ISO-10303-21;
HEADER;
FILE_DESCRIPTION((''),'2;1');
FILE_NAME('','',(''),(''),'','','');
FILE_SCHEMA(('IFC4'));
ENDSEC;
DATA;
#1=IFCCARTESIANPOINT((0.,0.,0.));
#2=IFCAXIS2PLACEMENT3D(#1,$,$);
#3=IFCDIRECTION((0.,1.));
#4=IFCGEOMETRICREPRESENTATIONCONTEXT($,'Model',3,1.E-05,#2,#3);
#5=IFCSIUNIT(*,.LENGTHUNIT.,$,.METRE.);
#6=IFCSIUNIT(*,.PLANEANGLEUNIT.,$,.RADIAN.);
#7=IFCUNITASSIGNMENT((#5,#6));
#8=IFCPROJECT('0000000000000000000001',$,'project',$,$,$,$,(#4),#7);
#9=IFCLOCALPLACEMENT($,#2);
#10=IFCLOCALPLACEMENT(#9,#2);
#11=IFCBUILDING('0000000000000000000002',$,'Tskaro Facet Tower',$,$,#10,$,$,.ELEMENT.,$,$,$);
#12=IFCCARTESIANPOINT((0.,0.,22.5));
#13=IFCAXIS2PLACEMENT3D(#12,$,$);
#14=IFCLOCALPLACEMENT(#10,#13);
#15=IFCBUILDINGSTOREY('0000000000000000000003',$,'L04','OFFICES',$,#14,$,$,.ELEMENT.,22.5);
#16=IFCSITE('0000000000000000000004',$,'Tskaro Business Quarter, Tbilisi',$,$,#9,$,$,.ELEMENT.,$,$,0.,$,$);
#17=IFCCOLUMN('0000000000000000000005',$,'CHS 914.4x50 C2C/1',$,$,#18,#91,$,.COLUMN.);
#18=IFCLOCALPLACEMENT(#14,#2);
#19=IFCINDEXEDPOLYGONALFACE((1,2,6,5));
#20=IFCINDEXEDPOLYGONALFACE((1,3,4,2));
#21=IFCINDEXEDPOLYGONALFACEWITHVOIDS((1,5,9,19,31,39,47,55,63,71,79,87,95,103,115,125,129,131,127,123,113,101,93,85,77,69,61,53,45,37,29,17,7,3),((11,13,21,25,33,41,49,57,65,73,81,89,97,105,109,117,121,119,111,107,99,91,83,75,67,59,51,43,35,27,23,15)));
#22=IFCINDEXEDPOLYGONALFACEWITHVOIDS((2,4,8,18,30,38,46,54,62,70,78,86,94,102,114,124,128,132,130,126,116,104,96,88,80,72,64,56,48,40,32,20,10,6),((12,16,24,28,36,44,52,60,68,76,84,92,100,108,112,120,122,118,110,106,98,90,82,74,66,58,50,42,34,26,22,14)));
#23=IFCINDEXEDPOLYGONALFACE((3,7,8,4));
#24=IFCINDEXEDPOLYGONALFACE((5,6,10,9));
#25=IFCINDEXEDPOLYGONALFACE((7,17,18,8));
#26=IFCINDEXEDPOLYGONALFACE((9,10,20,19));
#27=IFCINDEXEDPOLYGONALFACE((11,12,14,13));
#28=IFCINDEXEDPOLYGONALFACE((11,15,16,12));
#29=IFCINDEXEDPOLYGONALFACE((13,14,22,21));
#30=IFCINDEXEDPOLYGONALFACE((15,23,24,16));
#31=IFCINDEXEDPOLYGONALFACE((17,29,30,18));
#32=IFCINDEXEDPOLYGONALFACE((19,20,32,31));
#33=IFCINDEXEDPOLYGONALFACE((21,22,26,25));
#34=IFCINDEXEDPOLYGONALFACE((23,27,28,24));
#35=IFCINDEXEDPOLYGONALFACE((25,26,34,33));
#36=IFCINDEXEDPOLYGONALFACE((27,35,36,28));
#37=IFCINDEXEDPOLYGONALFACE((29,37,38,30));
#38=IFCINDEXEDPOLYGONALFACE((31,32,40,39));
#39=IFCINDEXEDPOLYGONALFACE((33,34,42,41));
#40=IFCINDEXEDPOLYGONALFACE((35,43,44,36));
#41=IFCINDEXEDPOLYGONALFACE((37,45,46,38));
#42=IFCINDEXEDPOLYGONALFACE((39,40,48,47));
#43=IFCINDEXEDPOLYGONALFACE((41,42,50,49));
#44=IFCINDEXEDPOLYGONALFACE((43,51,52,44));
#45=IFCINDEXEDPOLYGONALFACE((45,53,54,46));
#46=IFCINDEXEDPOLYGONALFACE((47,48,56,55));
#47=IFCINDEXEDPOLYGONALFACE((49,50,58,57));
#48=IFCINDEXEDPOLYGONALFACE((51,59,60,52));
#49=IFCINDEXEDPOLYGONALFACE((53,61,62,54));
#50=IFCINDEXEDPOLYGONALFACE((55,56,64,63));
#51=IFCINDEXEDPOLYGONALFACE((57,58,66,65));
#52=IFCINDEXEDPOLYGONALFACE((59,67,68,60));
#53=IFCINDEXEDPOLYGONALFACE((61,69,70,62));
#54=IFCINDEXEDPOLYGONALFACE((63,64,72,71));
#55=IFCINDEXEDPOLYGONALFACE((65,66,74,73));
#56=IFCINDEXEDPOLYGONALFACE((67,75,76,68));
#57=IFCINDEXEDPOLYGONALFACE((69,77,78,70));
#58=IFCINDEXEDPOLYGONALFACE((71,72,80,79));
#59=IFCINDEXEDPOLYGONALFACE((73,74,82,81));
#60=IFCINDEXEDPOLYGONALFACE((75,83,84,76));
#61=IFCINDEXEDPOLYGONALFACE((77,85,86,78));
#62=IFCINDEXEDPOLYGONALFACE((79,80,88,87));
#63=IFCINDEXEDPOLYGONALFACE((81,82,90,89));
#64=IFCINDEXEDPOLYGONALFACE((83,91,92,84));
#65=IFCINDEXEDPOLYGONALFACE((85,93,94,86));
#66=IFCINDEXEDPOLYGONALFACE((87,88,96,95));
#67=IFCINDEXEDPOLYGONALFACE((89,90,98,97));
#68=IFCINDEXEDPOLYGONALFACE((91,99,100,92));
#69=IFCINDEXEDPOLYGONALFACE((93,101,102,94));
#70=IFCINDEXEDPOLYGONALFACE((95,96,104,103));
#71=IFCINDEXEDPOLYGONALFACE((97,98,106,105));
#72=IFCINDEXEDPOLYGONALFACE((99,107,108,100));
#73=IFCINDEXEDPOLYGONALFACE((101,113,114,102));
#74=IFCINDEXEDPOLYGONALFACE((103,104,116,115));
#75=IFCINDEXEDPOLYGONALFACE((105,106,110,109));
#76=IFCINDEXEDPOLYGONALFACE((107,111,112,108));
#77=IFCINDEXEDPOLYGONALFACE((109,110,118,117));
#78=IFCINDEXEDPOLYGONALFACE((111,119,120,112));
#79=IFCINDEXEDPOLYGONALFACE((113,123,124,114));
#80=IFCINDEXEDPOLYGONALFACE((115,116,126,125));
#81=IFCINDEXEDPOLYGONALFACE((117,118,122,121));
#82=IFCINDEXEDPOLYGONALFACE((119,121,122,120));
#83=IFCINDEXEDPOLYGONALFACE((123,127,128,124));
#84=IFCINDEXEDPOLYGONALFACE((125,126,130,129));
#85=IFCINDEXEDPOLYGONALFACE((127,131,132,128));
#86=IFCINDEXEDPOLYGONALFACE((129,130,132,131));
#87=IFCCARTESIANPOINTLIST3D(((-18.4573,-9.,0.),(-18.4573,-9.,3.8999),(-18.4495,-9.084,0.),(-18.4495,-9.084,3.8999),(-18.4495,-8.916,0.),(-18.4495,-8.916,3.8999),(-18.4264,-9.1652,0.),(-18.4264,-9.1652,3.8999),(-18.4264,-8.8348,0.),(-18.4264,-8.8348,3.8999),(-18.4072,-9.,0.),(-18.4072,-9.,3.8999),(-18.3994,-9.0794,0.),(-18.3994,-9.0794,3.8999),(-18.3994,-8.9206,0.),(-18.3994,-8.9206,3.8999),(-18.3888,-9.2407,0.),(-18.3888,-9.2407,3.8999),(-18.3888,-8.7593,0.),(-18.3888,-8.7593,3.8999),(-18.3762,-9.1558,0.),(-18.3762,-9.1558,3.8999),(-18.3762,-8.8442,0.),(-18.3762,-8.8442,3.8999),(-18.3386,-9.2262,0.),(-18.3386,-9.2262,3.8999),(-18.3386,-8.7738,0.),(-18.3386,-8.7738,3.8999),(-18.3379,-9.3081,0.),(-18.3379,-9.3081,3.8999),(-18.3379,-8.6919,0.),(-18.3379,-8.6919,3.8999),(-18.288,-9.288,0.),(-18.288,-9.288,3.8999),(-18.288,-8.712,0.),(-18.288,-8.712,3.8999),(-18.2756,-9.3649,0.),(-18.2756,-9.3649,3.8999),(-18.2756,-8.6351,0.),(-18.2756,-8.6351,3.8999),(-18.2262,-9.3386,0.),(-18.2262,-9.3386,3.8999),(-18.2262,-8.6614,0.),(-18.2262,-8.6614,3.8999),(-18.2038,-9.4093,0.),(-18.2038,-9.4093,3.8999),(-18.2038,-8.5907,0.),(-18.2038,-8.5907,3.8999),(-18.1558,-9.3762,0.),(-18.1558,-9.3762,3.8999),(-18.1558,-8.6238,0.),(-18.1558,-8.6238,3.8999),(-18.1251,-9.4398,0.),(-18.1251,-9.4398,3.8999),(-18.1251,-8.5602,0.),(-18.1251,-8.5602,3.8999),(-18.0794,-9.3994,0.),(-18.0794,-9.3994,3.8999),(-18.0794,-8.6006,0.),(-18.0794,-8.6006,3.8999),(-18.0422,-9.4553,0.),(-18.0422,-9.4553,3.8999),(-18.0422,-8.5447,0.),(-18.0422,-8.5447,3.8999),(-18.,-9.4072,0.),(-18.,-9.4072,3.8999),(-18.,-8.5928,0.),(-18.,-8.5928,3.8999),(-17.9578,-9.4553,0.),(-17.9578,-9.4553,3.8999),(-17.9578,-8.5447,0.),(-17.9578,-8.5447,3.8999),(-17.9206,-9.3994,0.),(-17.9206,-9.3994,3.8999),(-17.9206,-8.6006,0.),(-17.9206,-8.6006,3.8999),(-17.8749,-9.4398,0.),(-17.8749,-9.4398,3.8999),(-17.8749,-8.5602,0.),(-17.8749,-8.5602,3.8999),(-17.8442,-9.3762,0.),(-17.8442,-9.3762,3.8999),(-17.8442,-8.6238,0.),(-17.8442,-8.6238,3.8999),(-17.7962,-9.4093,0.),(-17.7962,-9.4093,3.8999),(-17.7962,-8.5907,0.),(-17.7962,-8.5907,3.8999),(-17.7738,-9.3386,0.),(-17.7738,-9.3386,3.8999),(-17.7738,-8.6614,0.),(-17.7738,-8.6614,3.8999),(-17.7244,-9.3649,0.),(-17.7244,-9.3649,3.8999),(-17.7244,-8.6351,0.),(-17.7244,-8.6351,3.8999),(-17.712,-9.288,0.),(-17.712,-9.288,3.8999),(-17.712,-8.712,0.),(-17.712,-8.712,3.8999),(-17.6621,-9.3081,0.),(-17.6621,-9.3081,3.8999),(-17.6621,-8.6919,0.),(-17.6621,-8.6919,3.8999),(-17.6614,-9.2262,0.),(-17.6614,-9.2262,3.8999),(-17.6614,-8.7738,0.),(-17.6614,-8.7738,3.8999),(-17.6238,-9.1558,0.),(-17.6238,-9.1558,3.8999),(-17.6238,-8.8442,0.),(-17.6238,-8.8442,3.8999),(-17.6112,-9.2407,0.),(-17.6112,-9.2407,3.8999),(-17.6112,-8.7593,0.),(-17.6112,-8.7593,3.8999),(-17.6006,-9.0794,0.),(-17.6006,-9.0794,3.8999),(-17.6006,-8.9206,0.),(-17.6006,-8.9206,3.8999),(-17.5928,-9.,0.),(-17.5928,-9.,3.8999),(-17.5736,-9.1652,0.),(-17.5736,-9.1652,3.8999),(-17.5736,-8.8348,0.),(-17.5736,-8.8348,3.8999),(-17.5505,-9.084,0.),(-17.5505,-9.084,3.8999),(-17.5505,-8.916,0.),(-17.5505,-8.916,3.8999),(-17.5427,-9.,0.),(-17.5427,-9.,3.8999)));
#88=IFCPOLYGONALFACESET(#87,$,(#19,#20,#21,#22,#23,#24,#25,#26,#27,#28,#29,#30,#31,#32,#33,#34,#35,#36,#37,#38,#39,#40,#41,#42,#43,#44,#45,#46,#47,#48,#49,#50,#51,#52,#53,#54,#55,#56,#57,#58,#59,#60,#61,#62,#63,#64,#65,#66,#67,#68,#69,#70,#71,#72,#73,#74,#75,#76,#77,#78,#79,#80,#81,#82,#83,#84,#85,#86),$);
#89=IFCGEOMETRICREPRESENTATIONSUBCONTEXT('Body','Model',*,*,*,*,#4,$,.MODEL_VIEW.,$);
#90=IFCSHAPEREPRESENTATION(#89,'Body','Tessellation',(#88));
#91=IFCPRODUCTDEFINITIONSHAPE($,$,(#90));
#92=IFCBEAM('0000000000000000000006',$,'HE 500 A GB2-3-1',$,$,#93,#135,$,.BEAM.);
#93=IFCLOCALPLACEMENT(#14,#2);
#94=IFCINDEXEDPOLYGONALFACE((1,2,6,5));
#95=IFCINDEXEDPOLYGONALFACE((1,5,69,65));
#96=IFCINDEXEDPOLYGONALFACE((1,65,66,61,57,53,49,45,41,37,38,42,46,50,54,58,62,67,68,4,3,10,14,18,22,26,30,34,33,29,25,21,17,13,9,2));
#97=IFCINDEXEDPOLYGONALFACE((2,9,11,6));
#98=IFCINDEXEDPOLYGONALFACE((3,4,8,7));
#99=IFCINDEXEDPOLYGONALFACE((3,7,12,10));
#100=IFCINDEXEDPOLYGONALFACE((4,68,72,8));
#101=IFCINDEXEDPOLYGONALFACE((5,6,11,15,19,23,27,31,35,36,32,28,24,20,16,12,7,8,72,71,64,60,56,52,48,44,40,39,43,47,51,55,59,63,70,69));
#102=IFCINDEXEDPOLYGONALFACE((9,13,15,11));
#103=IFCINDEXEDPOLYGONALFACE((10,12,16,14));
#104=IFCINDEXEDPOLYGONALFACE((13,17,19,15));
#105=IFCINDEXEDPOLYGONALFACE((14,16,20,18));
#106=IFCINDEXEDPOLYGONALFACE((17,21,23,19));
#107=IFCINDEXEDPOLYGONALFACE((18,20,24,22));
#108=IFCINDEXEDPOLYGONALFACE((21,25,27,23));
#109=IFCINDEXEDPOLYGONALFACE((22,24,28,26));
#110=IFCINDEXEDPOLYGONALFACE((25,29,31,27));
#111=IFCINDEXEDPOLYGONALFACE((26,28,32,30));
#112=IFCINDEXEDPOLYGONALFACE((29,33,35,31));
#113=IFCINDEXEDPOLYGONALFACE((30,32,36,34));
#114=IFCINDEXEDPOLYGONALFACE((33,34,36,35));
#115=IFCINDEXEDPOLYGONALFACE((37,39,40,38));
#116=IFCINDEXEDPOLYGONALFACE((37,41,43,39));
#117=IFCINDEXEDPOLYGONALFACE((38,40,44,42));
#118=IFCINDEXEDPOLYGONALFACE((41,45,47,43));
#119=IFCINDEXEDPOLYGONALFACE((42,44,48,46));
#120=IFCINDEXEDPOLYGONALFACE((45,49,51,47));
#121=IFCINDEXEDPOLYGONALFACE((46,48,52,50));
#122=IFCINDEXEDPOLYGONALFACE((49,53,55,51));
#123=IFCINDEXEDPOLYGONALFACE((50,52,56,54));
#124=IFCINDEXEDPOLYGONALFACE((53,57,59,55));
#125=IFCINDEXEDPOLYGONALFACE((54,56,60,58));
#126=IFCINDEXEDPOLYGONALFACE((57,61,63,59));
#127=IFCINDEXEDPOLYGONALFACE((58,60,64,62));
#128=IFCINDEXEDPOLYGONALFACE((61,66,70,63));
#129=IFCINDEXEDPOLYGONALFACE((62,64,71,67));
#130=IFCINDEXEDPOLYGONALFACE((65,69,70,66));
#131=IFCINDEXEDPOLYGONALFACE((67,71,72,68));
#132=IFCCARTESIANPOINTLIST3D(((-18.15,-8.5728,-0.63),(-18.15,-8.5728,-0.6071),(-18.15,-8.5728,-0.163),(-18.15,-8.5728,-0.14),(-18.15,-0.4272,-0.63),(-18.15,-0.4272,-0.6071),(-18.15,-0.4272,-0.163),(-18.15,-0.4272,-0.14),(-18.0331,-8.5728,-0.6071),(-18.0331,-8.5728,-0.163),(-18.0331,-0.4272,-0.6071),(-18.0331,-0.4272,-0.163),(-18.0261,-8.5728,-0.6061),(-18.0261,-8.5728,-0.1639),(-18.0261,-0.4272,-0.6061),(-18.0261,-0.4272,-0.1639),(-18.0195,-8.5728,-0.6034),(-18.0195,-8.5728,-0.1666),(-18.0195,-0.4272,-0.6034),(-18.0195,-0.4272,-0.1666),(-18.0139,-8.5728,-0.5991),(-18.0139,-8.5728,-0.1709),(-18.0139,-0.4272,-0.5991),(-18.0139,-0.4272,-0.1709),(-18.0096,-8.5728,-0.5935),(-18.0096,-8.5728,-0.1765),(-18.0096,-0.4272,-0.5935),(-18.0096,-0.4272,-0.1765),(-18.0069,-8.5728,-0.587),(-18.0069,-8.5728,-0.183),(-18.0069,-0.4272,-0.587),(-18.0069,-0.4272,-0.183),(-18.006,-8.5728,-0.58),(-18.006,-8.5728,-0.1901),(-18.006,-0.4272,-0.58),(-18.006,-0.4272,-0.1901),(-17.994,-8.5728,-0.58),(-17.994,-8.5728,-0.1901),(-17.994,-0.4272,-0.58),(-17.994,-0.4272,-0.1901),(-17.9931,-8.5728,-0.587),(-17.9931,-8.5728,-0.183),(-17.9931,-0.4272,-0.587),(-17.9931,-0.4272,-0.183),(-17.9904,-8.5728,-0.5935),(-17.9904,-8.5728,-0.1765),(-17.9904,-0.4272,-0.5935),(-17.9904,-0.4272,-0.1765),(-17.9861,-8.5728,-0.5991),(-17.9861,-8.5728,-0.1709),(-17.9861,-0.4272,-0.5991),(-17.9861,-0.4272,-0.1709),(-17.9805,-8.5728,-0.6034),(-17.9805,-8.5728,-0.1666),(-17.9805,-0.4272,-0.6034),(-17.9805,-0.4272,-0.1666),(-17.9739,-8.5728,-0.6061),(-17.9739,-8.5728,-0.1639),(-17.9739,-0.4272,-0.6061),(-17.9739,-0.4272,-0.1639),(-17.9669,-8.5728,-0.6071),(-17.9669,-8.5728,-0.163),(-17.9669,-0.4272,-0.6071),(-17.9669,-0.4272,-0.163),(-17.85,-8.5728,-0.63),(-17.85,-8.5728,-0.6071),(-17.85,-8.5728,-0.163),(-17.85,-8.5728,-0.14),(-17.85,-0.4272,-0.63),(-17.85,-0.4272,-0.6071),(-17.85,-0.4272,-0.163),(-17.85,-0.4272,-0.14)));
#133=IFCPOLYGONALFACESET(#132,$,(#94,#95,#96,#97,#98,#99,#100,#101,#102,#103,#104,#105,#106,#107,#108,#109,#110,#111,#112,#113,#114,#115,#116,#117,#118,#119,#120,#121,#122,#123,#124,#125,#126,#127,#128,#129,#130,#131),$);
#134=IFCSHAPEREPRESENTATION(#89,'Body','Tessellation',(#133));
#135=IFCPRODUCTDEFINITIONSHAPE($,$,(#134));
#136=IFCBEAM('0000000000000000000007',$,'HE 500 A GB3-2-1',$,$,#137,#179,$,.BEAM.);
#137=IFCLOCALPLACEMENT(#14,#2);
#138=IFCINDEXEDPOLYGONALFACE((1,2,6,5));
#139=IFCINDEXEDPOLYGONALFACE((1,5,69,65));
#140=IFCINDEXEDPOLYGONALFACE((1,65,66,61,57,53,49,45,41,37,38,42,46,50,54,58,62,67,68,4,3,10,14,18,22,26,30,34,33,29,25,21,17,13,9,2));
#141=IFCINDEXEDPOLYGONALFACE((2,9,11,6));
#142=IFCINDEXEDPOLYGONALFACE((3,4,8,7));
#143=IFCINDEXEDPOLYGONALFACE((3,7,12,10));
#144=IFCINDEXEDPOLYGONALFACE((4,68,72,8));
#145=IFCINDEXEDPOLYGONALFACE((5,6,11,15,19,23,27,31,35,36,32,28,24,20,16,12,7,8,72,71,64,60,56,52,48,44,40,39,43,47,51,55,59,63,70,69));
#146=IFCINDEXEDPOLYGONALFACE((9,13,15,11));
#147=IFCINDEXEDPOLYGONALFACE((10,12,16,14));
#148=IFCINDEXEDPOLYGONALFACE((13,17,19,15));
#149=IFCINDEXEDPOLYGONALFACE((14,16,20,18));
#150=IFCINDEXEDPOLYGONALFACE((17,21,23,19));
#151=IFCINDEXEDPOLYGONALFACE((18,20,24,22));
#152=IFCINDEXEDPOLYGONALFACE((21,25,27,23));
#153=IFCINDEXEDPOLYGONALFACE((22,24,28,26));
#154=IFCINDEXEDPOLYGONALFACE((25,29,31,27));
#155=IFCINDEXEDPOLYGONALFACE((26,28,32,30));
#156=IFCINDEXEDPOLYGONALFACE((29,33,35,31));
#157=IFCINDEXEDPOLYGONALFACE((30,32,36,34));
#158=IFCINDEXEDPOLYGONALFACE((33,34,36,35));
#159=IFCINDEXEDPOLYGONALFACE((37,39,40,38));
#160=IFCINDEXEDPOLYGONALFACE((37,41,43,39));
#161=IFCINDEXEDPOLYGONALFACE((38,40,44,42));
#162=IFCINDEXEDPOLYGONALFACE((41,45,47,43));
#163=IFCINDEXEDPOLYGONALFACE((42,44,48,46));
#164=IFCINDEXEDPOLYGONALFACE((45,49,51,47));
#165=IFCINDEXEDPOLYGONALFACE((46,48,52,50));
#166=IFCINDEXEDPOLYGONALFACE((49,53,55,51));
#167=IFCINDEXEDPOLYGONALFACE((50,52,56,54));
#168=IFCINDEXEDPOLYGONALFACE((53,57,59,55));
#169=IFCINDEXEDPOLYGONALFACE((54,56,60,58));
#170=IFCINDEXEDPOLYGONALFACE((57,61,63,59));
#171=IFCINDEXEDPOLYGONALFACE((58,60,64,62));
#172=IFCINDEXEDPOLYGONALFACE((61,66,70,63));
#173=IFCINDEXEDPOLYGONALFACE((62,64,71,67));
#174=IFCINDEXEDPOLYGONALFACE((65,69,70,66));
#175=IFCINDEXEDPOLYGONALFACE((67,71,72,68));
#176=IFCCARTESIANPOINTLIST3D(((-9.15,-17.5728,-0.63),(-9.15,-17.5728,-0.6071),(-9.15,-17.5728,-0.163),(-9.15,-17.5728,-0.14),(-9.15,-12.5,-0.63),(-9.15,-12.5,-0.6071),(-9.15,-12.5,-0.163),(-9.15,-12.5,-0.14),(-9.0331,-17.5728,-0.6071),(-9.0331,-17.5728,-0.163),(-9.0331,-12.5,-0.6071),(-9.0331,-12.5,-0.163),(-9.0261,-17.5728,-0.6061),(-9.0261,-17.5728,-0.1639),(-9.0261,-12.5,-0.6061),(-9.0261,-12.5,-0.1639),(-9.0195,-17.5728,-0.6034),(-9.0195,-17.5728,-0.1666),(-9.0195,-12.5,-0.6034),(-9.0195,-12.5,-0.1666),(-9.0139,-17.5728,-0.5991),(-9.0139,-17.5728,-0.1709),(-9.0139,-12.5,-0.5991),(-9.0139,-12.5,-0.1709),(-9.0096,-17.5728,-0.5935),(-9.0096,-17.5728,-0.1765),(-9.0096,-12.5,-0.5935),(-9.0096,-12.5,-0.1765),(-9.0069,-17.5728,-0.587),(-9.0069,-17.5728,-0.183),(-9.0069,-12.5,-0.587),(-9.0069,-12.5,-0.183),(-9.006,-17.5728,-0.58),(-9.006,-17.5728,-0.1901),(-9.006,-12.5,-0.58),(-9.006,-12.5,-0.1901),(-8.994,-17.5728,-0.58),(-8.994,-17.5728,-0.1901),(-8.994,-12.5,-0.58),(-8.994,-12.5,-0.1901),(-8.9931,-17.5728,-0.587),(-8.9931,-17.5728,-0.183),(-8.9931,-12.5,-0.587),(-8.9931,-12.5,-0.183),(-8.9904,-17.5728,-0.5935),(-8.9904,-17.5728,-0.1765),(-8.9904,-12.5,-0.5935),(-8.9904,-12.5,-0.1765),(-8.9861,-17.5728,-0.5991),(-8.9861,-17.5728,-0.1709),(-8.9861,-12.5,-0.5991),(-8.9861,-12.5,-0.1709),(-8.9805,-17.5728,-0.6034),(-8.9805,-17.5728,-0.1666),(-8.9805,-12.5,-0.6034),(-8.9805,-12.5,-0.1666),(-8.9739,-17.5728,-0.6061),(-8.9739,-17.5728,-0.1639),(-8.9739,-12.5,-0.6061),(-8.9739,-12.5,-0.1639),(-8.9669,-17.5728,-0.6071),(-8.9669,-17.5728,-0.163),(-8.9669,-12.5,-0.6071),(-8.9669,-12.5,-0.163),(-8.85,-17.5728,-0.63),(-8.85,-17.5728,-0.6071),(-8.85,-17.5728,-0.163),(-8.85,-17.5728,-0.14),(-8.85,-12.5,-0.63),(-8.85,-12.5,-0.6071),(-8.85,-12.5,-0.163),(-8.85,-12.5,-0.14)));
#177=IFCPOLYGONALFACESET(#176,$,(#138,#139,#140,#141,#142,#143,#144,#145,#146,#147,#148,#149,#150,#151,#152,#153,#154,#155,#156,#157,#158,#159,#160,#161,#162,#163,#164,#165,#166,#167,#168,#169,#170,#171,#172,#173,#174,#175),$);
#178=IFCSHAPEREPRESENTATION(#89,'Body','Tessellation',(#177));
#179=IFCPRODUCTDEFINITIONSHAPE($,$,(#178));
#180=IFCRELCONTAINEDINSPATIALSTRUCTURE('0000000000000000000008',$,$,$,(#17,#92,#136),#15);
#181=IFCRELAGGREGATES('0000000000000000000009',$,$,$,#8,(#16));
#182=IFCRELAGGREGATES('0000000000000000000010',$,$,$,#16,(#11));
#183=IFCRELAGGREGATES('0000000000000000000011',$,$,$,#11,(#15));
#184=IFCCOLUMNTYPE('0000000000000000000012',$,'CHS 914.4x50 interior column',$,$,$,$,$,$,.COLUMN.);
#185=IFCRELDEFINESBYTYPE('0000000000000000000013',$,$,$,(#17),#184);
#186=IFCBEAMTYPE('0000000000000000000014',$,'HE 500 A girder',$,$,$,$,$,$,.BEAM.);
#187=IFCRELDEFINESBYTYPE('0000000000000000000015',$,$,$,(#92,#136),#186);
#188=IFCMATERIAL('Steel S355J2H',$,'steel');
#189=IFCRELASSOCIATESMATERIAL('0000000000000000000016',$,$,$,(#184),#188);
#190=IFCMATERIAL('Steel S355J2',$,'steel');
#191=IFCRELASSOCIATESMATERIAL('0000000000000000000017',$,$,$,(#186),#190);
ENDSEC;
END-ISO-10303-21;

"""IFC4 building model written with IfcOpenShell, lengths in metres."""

from ifc_helpers import new_model, si_unit, direction, frame, origin, origin_2d, place, context, subcontext, project, spatial, hollow_circle, i_section, extrude, material, material_profile, profile_set, type_object, element, save


model = new_model("IFC4")

# Units and contexts
model_context = context("Model", 3, precision=1e-05, world=origin(), true_north=direction((0.0, 1.0)))
body_context = subcontext(model_context, "Body", "Model", "MODEL_VIEW")
ifc_project = project(units=[si_unit("LENGTHUNIT", "METRE"), si_unit("PLANEANGLEUNIT", "RADIAN")], contexts=[model_context])

# Site, building, storey
site_placement = place(None, origin())
site = spatial("IfcSite", under=ifc_project, at=site_placement, Name="Tskaro Business Quarter, Tbilisi", CompositionType="ELEMENT", RefElevation=0.0)
building_placement = place(site_placement, origin())
building = spatial("IfcBuilding", under=site, at=building_placement, Name="Tskaro Facet Tower", CompositionType="ELEMENT")
storey_placement = place(building_placement, frame((0.0, 0.0, 22.5)))
storey = spatial("IfcBuildingStorey", under=building, at=storey_placement, Name="L04", Description="OFFICES", CompositionType="ELEMENT", Elevation=22.5)

# Column
ifc_material_1 = material(Name="Steel S355J2H", Category="steel")
ifc_material_profile_1 = material_profile(ifc_material_1, hollow_circle(Radius=0.4573, WallThickness=0.05, at=origin_2d()), Name="CHS 914.4x50")
ifc_profile_set_1 = profile_set([ifc_material_profile_1], Name="Steel S355J2H")
column_type = type_object("IfcColumnType", Name="CHS 914.4x50 interior column", PredefinedType="COLUMN", material=ifc_profile_set_1)
column_placement = place(storey_placement, frame((-18.0, -9.0, 0.0), z_axis=(0.0, 0.0, 1.0), x_axis=(1.0, 0.0, 0.0)))
element("IfcColumn", 1, at=column_placement, inside=storey, type_object=column_type, Name="CHS 914.4x50 C2C/1", PredefinedType="COLUMN", context=body_context, shape_type="SweptSolid", body=[
    extrude(hollow_circle(Radius=0.4573, WallThickness=0.05, at=origin_2d()), origin(), (0.0, 0.0, 1.0), 3.8999),
])

# Beams
ifc_material_2 = material(Name="Steel S355J2", Category="steel")
ifc_material_profile_2 = material_profile(ifc_material_2, i_section(OverallWidth=0.3, OverallDepth=0.49, WebThickness=0.012, FlangeThickness=0.0229, FilletRadius=0.0271, at=origin_2d()), Name="HE 500 A")
ifc_profile_set_2 = profile_set([ifc_material_profile_2], Name="Steel S355J2")
beam_type_1 = type_object("IfcBeamType", Name="HE 500 A girder", PredefinedType="BEAM", material=ifc_profile_set_2)
beam_1_placement = place(storey_placement, frame((-18.0, -8.5728, -0.385), z_axis=(0.0, 1.0, 0.0), x_axis=(-1.0, 0.0, 0.0)))
element("IfcBeam", 2, at=beam_1_placement, inside=storey, type_object=beam_type_1, Name="HE 500 A GB2-3-1", PredefinedType="BEAM", context=body_context, shape_type="SweptSolid", body=[
    extrude(i_section(OverallWidth=0.3, OverallDepth=0.49, WebThickness=0.012, FlangeThickness=0.0229, FilletRadius=0.0271, at=origin_2d()), origin(), (0.0, 0.0, 1.0), 8.1455),
])
beam_2_placement = place(storey_placement, frame((-9.0, -17.5728, -0.385), z_axis=(0.0, 1.0, 0.0), x_axis=(-1.0, 0.0, 0.0)))
element("IfcBeam", 3, at=beam_2_placement, inside=storey, type_object=beam_type_1, Name="HE 500 A GB3-2-1", PredefinedType="BEAM", context=body_context, shape_type="SweptSolid", body=[
    extrude(i_section(OverallWidth=0.3, OverallDepth=0.49, WebThickness=0.012, FlangeThickness=0.0229, FilletRadius=0.0271, at=origin_2d()), origin(), (0.0, 0.0, 1.0), 5.0728),
])

save(model, "model.ifc")
